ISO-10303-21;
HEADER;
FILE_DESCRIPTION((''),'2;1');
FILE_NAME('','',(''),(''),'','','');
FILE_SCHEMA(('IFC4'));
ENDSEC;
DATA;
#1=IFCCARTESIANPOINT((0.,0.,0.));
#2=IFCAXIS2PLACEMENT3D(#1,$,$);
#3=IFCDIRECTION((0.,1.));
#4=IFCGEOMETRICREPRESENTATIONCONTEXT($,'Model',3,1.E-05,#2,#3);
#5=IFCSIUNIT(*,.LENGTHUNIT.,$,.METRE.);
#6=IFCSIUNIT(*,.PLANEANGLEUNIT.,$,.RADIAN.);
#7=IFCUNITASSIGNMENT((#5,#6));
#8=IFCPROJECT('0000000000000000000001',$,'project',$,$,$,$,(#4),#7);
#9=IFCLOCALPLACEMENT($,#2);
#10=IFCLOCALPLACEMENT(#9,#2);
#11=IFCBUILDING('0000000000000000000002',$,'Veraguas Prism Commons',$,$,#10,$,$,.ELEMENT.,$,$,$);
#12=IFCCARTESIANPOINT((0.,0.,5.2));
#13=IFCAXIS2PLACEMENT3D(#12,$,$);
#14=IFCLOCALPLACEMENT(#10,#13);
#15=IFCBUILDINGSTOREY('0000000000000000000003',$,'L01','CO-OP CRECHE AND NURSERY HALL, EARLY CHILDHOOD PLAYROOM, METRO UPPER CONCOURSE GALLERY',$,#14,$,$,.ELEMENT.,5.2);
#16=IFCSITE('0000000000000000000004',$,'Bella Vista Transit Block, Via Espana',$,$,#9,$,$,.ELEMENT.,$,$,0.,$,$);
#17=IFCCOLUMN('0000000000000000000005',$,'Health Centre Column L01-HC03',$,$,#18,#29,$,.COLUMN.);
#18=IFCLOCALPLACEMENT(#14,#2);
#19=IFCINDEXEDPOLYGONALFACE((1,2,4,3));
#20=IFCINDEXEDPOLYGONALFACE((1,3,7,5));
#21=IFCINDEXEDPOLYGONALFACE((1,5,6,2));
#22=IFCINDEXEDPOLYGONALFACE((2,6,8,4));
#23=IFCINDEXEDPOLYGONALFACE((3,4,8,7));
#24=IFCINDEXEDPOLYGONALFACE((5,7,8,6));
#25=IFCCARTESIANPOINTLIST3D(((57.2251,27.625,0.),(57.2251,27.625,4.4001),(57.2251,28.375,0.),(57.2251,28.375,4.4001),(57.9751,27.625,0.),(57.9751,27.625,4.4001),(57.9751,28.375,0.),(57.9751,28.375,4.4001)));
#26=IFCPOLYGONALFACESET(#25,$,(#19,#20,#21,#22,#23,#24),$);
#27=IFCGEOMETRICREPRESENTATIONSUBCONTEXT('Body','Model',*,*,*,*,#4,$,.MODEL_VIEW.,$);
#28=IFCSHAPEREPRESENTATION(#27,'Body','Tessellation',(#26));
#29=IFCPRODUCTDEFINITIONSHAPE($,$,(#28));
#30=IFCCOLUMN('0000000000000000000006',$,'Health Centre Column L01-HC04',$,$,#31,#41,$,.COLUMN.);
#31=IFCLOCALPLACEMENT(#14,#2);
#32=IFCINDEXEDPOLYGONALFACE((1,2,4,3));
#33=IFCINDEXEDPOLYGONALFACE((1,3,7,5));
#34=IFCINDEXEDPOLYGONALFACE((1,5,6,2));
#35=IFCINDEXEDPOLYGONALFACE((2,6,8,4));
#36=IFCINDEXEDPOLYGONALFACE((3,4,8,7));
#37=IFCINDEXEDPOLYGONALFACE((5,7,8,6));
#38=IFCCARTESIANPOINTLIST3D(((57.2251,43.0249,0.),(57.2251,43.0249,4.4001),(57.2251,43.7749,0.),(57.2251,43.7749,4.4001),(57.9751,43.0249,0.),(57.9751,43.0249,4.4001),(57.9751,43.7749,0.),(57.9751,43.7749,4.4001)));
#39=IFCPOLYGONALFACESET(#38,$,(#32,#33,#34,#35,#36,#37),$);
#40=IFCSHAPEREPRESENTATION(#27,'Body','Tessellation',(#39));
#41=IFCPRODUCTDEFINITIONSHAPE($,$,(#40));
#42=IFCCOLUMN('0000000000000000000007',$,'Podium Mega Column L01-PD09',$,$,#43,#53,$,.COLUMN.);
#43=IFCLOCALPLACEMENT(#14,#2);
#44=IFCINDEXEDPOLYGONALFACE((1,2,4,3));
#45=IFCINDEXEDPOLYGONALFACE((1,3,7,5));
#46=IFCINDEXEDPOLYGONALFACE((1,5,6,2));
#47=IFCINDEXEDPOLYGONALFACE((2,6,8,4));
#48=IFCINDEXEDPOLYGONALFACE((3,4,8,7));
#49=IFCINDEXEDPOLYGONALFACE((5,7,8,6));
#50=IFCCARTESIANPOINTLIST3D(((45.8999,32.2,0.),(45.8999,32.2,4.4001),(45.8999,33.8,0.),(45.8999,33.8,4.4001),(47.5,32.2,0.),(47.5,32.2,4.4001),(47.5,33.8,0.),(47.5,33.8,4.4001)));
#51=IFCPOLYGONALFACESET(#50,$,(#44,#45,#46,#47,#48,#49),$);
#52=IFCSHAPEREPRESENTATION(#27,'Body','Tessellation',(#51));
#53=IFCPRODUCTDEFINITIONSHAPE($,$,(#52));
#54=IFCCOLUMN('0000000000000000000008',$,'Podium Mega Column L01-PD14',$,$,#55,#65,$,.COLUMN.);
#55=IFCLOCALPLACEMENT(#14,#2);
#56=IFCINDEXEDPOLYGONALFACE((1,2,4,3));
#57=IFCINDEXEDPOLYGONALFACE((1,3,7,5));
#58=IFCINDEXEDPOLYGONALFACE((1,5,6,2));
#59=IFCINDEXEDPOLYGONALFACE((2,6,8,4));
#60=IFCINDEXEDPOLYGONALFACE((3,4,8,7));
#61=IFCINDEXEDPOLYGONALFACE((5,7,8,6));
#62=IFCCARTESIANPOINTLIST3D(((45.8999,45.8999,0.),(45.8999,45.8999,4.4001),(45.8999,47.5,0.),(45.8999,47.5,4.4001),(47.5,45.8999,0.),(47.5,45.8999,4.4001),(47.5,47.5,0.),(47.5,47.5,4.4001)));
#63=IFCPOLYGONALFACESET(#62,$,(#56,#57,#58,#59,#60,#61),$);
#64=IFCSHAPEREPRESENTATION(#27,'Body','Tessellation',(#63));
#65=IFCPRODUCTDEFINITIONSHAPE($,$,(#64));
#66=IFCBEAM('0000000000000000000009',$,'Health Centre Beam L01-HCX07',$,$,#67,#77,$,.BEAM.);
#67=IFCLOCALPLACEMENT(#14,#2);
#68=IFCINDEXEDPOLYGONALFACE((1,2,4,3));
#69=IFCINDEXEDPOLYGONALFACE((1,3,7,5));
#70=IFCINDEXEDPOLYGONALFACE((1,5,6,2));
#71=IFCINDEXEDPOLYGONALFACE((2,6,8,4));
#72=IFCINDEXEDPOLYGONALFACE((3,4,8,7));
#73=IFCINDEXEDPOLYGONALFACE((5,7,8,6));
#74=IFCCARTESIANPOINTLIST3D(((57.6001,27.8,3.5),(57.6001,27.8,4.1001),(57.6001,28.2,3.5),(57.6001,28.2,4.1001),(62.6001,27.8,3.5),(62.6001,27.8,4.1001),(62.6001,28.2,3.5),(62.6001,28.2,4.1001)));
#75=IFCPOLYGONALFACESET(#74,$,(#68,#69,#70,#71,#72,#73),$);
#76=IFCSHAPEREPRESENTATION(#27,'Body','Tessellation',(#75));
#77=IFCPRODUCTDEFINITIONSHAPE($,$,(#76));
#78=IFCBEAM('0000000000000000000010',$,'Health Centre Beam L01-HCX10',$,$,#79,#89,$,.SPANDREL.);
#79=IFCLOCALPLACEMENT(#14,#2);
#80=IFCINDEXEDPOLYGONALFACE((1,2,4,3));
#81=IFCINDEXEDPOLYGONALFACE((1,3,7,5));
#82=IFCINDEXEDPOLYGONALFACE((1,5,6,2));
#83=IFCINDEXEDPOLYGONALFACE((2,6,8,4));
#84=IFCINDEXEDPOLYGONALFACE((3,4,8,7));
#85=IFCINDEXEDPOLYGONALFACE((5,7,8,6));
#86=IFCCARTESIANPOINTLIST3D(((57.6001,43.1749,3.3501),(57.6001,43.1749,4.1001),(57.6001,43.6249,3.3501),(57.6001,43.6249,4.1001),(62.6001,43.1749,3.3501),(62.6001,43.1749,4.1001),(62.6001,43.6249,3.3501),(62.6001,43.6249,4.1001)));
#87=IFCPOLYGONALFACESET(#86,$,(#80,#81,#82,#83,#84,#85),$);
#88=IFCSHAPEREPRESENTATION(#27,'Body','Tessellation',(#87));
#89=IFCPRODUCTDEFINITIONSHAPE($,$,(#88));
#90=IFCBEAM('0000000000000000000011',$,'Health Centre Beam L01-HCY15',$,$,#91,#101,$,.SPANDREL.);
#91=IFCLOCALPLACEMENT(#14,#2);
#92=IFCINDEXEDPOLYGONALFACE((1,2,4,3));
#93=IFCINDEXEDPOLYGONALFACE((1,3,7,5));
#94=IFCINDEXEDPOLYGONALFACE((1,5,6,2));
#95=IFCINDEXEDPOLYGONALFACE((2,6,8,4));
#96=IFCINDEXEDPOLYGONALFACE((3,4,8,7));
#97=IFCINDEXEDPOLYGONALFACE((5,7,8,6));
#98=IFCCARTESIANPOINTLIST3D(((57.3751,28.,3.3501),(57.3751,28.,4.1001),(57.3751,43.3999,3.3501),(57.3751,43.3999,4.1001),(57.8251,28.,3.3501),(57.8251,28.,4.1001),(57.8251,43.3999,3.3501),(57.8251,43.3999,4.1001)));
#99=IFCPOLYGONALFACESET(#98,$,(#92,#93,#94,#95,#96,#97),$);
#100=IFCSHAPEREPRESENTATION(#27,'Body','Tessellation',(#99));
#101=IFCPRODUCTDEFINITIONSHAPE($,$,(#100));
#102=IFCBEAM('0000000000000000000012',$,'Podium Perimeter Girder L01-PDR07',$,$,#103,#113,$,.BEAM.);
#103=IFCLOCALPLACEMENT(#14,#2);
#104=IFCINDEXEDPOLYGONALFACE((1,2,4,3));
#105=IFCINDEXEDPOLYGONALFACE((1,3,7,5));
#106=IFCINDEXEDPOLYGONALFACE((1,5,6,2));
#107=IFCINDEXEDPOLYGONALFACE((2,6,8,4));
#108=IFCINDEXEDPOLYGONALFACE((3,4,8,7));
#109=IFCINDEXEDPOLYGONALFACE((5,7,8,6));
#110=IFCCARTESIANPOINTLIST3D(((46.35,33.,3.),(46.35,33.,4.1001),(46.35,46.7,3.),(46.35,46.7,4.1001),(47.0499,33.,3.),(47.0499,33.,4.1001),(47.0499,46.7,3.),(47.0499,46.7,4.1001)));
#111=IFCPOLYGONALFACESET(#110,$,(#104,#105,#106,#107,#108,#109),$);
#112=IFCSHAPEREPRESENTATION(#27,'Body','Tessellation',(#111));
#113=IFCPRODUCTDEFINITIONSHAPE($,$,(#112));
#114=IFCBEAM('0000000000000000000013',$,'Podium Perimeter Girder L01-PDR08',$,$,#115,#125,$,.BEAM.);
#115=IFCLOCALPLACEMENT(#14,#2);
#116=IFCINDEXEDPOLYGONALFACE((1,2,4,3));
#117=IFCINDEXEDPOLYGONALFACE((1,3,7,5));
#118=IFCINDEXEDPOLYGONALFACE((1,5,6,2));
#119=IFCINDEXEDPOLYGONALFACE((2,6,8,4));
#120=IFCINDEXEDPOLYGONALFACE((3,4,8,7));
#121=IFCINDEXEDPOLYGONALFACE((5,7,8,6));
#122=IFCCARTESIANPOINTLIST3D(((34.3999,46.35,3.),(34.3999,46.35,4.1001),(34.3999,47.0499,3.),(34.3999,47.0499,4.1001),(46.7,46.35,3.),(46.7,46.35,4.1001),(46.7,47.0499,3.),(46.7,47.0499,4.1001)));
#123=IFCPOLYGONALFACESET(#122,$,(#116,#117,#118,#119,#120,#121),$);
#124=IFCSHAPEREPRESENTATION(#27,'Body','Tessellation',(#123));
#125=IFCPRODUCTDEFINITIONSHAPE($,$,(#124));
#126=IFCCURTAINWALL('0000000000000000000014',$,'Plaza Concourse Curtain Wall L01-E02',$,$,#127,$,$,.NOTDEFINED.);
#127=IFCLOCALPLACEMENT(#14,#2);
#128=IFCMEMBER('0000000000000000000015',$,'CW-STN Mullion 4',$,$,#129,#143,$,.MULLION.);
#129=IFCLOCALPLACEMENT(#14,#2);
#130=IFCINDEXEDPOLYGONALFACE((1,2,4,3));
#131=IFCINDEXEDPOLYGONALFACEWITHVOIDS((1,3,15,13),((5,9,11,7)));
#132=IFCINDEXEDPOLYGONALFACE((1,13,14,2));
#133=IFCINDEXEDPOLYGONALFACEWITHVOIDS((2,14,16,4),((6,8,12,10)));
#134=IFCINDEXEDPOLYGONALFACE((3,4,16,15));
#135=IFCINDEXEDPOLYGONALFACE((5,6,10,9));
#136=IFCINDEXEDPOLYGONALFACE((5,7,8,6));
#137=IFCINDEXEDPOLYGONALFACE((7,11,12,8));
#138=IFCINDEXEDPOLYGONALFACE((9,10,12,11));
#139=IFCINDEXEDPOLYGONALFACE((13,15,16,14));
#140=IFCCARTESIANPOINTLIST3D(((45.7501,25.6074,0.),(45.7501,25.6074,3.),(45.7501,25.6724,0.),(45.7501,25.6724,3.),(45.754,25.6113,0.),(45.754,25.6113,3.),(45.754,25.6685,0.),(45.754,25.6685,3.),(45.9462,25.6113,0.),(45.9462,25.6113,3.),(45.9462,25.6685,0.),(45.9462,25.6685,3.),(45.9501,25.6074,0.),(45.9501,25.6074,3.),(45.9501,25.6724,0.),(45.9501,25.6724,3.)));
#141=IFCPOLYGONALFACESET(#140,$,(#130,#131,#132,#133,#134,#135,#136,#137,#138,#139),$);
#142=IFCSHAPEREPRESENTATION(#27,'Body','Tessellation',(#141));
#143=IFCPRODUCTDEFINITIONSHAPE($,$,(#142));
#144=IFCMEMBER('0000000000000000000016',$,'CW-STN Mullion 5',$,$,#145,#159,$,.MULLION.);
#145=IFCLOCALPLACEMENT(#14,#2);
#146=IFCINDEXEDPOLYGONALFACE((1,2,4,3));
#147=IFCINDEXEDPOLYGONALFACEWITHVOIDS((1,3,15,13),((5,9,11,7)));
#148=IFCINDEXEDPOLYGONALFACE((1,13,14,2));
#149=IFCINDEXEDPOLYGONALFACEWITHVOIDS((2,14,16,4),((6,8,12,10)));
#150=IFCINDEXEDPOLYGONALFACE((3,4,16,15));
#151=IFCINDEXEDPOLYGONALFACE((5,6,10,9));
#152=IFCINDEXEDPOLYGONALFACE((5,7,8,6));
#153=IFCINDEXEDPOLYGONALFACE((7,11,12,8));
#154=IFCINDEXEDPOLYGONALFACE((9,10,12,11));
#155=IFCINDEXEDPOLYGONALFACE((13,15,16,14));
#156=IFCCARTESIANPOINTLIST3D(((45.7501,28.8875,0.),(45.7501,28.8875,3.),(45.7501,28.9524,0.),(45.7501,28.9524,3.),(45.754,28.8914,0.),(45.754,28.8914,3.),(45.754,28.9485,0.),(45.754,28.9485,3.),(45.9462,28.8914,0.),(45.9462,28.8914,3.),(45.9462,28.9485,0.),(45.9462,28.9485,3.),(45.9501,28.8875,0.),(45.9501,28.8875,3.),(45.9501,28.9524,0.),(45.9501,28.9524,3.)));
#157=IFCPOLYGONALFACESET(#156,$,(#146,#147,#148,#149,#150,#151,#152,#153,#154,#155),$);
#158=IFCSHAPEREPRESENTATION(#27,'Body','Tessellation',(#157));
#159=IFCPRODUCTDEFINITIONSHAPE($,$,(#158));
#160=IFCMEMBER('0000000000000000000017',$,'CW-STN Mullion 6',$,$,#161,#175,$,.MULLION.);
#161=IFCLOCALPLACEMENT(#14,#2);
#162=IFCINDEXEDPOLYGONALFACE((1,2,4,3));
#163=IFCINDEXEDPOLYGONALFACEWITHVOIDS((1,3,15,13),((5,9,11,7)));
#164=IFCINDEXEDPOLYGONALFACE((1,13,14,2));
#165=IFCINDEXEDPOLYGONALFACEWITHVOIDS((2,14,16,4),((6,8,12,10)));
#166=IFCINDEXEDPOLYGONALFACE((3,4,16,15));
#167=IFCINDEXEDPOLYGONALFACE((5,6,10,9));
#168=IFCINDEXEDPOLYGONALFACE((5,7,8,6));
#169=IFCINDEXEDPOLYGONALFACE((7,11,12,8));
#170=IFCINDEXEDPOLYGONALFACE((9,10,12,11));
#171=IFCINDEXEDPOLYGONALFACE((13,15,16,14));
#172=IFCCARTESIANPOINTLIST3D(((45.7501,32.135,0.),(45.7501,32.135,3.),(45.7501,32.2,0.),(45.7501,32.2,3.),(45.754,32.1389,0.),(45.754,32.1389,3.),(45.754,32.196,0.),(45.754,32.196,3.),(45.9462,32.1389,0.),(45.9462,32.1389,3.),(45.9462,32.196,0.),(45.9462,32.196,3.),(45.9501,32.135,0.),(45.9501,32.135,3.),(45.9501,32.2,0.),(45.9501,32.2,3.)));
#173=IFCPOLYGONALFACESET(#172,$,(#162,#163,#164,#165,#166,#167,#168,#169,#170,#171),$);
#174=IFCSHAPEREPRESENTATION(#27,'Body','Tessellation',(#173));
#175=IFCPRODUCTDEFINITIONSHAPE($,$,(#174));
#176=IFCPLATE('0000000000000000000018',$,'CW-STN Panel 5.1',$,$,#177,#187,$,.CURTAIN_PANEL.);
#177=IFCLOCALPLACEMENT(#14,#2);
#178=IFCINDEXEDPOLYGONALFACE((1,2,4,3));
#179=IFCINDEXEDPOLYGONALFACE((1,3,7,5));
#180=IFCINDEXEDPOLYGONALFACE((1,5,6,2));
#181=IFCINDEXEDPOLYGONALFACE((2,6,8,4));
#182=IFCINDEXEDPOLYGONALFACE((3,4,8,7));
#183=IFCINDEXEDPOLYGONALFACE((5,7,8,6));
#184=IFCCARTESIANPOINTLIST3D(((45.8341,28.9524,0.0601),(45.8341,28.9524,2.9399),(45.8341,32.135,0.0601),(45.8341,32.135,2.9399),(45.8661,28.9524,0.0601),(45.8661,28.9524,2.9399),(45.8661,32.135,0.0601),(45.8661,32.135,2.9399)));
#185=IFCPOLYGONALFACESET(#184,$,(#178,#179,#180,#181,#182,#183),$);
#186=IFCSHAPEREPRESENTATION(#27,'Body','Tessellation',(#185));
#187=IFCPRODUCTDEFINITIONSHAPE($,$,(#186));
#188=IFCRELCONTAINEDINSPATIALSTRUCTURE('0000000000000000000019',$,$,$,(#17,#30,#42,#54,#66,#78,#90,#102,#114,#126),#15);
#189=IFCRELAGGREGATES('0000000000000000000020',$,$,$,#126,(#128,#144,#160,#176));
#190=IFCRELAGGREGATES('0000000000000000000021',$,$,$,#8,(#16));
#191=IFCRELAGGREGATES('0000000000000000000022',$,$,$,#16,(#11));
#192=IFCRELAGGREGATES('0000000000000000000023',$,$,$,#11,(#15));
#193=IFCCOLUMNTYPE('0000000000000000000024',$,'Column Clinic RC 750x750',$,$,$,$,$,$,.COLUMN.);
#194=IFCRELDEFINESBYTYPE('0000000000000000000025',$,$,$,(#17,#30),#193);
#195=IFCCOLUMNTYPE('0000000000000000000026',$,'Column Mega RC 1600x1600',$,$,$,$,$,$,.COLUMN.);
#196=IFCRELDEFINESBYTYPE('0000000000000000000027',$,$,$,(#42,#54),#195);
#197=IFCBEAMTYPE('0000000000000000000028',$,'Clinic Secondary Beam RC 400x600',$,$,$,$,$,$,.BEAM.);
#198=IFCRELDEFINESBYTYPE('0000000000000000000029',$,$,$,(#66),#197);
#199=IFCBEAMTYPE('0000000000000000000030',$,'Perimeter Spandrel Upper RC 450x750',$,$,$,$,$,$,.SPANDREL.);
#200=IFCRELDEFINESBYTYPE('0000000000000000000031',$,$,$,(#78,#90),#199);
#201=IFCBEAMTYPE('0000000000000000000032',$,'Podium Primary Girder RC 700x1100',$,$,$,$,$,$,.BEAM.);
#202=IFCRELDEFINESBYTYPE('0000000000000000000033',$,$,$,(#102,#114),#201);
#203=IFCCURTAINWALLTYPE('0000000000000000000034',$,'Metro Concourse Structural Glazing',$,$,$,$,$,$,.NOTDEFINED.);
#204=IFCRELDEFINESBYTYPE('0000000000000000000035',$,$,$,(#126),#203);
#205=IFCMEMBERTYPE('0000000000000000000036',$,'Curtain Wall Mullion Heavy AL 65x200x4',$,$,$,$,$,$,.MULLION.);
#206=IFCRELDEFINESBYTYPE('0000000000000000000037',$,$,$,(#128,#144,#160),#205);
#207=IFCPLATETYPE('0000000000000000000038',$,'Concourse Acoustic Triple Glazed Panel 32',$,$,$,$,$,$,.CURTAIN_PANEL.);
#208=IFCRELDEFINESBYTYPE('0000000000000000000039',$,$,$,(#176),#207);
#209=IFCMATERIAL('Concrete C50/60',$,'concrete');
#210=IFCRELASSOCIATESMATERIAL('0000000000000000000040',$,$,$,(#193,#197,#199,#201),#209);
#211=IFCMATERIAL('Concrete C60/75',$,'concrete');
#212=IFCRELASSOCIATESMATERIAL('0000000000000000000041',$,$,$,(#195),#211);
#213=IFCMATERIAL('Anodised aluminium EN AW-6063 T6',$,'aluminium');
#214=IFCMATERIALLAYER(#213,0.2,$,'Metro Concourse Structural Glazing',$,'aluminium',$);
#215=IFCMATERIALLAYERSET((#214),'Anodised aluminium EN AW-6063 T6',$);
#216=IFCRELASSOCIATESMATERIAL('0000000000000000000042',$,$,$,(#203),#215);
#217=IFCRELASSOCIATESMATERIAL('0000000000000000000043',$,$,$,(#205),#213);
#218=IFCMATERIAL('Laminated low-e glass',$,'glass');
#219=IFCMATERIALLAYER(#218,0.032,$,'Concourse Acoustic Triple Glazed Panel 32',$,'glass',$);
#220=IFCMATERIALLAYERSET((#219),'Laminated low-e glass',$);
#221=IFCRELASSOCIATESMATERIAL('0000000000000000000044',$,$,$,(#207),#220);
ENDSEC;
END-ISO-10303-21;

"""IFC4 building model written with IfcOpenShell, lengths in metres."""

from ifc_helpers import new_model, si_unit, direction, frame, origin, origin_2d, place, context, subcontext, project, spatial, rectangle, hollow_rectangle, extrude, source, transform, mapped, material, layer, layer_set, material_profile, profile_set, type_object, element, aggregate, save


model = new_model("IFC4")

# Units and contexts
model_context = context("Model", 3, precision=1e-05, world=origin(), true_north=direction((0.0, 1.0)))
body_context = subcontext(model_context, "Body", "Model", "MODEL_VIEW")
ifc_project = project(units=[si_unit("LENGTHUNIT", "METRE"), si_unit("PLANEANGLEUNIT", "RADIAN")], contexts=[model_context])

# Site, building, storey
site_placement = place(None, origin())
site = spatial("IfcSite", under=ifc_project, at=site_placement, Name="Bella Vista Transit Block, Via Espana", CompositionType="ELEMENT", RefElevation=0.0)
building_placement = place(site_placement, origin())
building = spatial("IfcBuilding", under=site, at=building_placement, Name="Veraguas Prism Commons", CompositionType="ELEMENT")
storey_placement = place(building_placement, frame((0.0, 0.0, 5.2)))
storey = spatial("IfcBuildingStorey", under=building, at=storey_placement, Name="L01", Description="CO-OP CRECHE AND NURSERY HALL, EARLY CHILDHOOD PLAYROOM, METRO UPPER CONCOURSE GALLERY", CompositionType="ELEMENT", Elevation=5.2)

# Columns
ifc_material_1 = material(Name="Concrete C50/60", Category="concrete")
ifc_material_profile_1 = material_profile(ifc_material_1, rectangle(XDim=0.75, YDim=0.75, at=origin_2d()), Name="RC750X750")
ifc_profile_set_1 = profile_set([ifc_material_profile_1], Name="Concrete C50/60")
column_type_1 = type_object("IfcColumnType", Name="Column Clinic RC 750x750", PredefinedType="COLUMN", material=ifc_profile_set_1)
for number, where, z_axis, x_axis, name in (
    (1, (57.6001, 28.0, 0.0), (0.0, 0.0, 1.0), (1.0, 0.0, 0.0), "Health Centre Column L01-HC03"),
    (2, (57.6001, 43.3999, 0.0), (0.0, 0.0, 1.0), (1.0, 0.0, 0.0), "Health Centre Column L01-HC04"),
):
    element("IfcColumn", number, at=place(storey_placement, frame(where, z_axis=z_axis, x_axis=x_axis)), inside=storey, type_object=column_type_1, Name=name, PredefinedType="COLUMN", context=body_context, shape_type="SweptSolid", body=[
        extrude(rectangle(XDim=0.75, YDim=0.75, at=origin_2d()), origin(), (0.0, 0.0, 1.0), 4.4001),
    ])
ifc_material_2 = material(Name="Concrete C60/75", Category="concrete")
ifc_material_profile_2 = material_profile(ifc_material_2, rectangle(XDim=1.6001, YDim=1.6001, at=origin_2d()), Name="RC1600X1600")
ifc_profile_set_2 = profile_set([ifc_material_profile_2], Name="Concrete C60/75")
column_type_2 = type_object("IfcColumnType", Name="Column Mega RC 1600x1600", PredefinedType="COLUMN", material=ifc_profile_set_2)
for number, where, z_axis, x_axis, name in (
    (3, (46.7, 33.0, 0.0), (0.0, 0.0, 1.0), (1.0, 0.0, 0.0), "Podium Mega Column L01-PD09"),
    (4, (46.7, 46.7, 0.0), (0.0, 0.0, 1.0), (1.0, 0.0, 0.0), "Podium Mega Column L01-PD14"),
):
    element("IfcColumn", number, at=place(storey_placement, frame(where, z_axis=z_axis, x_axis=x_axis)), inside=storey, type_object=column_type_2, Name=name, PredefinedType="COLUMN", context=body_context, shape_type="SweptSolid", body=[
        extrude(rectangle(XDim=1.6001, YDim=1.6001, at=origin_2d()), origin(), (0.0, 0.0, 1.0), 4.4001),
    ])

# Beams
ifc_material_profile_3 = material_profile(ifc_material_1, rectangle(XDim=0.3999, YDim=0.6001, at=origin_2d()), Name="RC400X600")
ifc_profile_set_3 = profile_set([ifc_material_profile_3], Name="Concrete C50/60")
beam_type_1 = type_object("IfcBeamType", Name="Clinic Secondary Beam RC 400x600", PredefinedType="BEAM", material=ifc_profile_set_3)
beam_1_placement = place(storey_placement, frame((57.6001, 28.0, 3.8), z_axis=(1.0, 0.0, 0.0), x_axis=(0.0, 1.0, 0.0)))
element("IfcBeam", 5, at=beam_1_placement, inside=storey, type_object=beam_type_1, Name="Health Centre Beam L01-HCX07", PredefinedType="BEAM", context=body_context, shape_type="SweptSolid", body=[
    extrude(rectangle(XDim=0.3999, YDim=0.6001, at=origin_2d()), origin(), (0.0, 0.0, 1.0), 5.0),
])
ifc_material_profile_4 = material_profile(ifc_material_1, rectangle(XDim=0.45, YDim=0.75, at=origin_2d()), Name="RC450X750")
ifc_profile_set_4 = profile_set([ifc_material_profile_4], Name="Concrete C50/60")
beam_type_2 = type_object("IfcBeamType", Name="Perimeter Spandrel Upper RC 450x750", PredefinedType="SPANDREL", material=ifc_profile_set_4)
beam_2_placement = place(storey_placement, frame((57.6001, 43.3999, 3.7251), z_axis=(1.0, 0.0, 0.0), x_axis=(0.0, 1.0, 0.0)))
element("IfcBeam", 6, at=beam_2_placement, inside=storey, type_object=beam_type_2, Name="Health Centre Beam L01-HCX10", PredefinedType="SPANDREL", context=body_context, shape_type="SweptSolid", body=[
    extrude(rectangle(XDim=0.45, YDim=0.75, at=origin_2d()), origin(), (0.0, 0.0, 1.0), 5.0),
])
beam_3_placement = place(storey_placement, frame((57.6001, 28.0, 3.7251), z_axis=(0.0, 1.0, 0.0), x_axis=(-1.0, 0.0, 0.0)))
element("IfcBeam", 7, at=beam_3_placement, inside=storey, type_object=beam_type_2, Name="Health Centre Beam L01-HCY15", PredefinedType="SPANDREL", context=body_context, shape_type="SweptSolid", body=[
    extrude(rectangle(XDim=0.45, YDim=0.75, at=origin_2d()), origin(), (0.0, 0.0, 1.0), 15.3999),
])
ifc_material_profile_5 = material_profile(ifc_material_1, rectangle(XDim=0.7, YDim=1.1001, at=origin_2d()), Name="RC700X1100")
ifc_profile_set_5 = profile_set([ifc_material_profile_5], Name="Concrete C50/60")
beam_type_3 = type_object("IfcBeamType", Name="Podium Primary Girder RC 700x1100", PredefinedType="BEAM", material=ifc_profile_set_5)
beam_4_placement = place(storey_placement, frame((46.7, 33.0, 3.55), z_axis=(0.0, 1.0, 0.0), x_axis=(-1.0, 0.0, 0.0)))
element("IfcBeam", 8, at=beam_4_placement, inside=storey, type_object=beam_type_3, Name="Podium Perimeter Girder L01-PDR07", PredefinedType="BEAM", context=body_context, shape_type="SweptSolid", body=[
    extrude(rectangle(XDim=0.7, YDim=1.1001, at=origin_2d()), origin(), (0.0, 0.0, 1.0), 13.7),
])
beam_5_placement = place(storey_placement, frame((46.7, 46.7, 3.55), z_axis=(-1.0, 0.0, 0.0), x_axis=(0.0, -1.0, 0.0)))
element("IfcBeam", 9, at=beam_5_placement, inside=storey, type_object=beam_type_3, Name="Podium Perimeter Girder L01-PDR08", PredefinedType="BEAM", context=body_context, shape_type="SweptSolid", body=[
    extrude(rectangle(XDim=0.7, YDim=1.1001, at=origin_2d()), origin(), (0.0, 0.0, 1.0), 12.3),
])

# Curtain wall, members, plate
ifc_material_3 = material(Name="Anodised aluminium EN AW-6063 T6", Category="aluminium")
ifc_layer_1 = layer(ifc_material_3, 0.2, Name="Metro Concourse Structural Glazing", Category="aluminium")
ifc_layer_set_1 = layer_set([ifc_layer_1], Name="Anodised aluminium EN AW-6063 T6")
curtain_wall_type = type_object("IfcCurtainWallType", Name="Metro Concourse Structural Glazing", PredefinedType="NOTDEFINED", material=ifc_layer_set_1)
curtain_wall_placement = place(storey_placement, origin())
curtain_wall = element("IfcCurtainWall", 10, at=curtain_wall_placement, inside=storey, type_object=curtain_wall_type, Name="Plaza Concourse Curtain Wall L01-E02", PredefinedType="NOTDEFINED")
ifc_material_profile_6 = material_profile(ifc_material_3, hollow_rectangle(XDim=0.0649, YDim=0.2, WallThickness=0.0039, at=origin_2d()), Name="AL65X200X4")
ifc_profile_set_6 = profile_set([ifc_material_profile_6], Name="Anodised aluminium EN AW-6063 T6")
member_type = type_object("IfcMemberType", Name="Curtain Wall Mullion Heavy AL 65x200x4", PredefinedType="MULLION", material=ifc_profile_set_6)
shared_shape_1 = source(origin(), body_context, "Body", "SweptSolid", [
    extrude(hollow_rectangle(XDim=0.0649, YDim=0.2, WallThickness=0.0039, at=origin_2d()), origin(), (0.0, 0.0, 1.0), 3.0),
])
member_1_placement = place(storey_placement, frame((45.8501, 25.6399, 0.0), z_axis=(0.0, 0.0, 1.0), x_axis=(0.0, 1.0, 0.0)))
member_1 = element("IfcMember", 11, at=member_1_placement, type_object=member_type, Name="CW-STN Mullion 4", PredefinedType="MULLION", context=body_context, shape_type="MappedRepresentation", body=[
    mapped(shared_shape_1, transform((0.0, 0.0, 0.0), scale=1.0)),
])
member_2_placement = place(storey_placement, frame((45.8501, 28.9199, 0.0), z_axis=(0.0, 0.0, 1.0), x_axis=(0.0, 1.0, 0.0)))
member_2 = element("IfcMember", 12, at=member_2_placement, type_object=member_type, Name="CW-STN Mullion 5", PredefinedType="MULLION", context=body_context, shape_type="MappedRepresentation", body=[
    mapped(shared_shape_1, transform((0.0, 0.0, 0.0), scale=1.0)),
])
member_3_placement = place(storey_placement, frame((45.8501, 32.1675, 0.0), z_axis=(0.0, 0.0, 1.0), x_axis=(0.0, 1.0, 0.0)))
member_3 = element("IfcMember", 13, at=member_3_placement, type_object=member_type, Name="CW-STN Mullion 6", PredefinedType="MULLION", context=body_context, shape_type="MappedRepresentation", body=[
    mapped(shared_shape_1, transform((0.0, 0.0, 0.0), scale=1.0)),
])
ifc_material_4 = material(Name="Laminated low-e glass", Category="glass")
ifc_layer_2 = layer(ifc_material_4, 0.032, Name="Concourse Acoustic Triple Glazed Panel 32", Category="glass")
ifc_layer_set_2 = layer_set([ifc_layer_2], Name="Laminated low-e glass")
plate_type = type_object("IfcPlateType", Name="Concourse Acoustic Triple Glazed Panel 32", PredefinedType="CURTAIN_PANEL", material=ifc_layer_set_2)
shared_shape_2 = source(origin(), body_context, "Body", "SweptSolid", [
    extrude(rectangle(XDim=3.1826, YDim=0.032, at=origin_2d()), origin(), (0.0, 0.0, 1.0), 2.8799),
])
plate_1_placement = place(storey_placement, frame((45.8501, 30.5437, 0.0601), z_axis=(0.0, 0.0, 1.0), x_axis=(0.0, 1.0, 0.0)))
plate_1 = element("IfcPlate", 14, at=plate_1_placement, type_object=plate_type, Name="CW-STN Panel 5.1", PredefinedType="CURTAIN_PANEL", context=body_context, shape_type="MappedRepresentation", body=[
    mapped(shared_shape_2, transform((0.0, 0.0, 0.0), scale=1.0)),
])
aggregate(curtain_wall, [member_1, member_2, member_3, plate_1])

save(model, "model.ifc")
